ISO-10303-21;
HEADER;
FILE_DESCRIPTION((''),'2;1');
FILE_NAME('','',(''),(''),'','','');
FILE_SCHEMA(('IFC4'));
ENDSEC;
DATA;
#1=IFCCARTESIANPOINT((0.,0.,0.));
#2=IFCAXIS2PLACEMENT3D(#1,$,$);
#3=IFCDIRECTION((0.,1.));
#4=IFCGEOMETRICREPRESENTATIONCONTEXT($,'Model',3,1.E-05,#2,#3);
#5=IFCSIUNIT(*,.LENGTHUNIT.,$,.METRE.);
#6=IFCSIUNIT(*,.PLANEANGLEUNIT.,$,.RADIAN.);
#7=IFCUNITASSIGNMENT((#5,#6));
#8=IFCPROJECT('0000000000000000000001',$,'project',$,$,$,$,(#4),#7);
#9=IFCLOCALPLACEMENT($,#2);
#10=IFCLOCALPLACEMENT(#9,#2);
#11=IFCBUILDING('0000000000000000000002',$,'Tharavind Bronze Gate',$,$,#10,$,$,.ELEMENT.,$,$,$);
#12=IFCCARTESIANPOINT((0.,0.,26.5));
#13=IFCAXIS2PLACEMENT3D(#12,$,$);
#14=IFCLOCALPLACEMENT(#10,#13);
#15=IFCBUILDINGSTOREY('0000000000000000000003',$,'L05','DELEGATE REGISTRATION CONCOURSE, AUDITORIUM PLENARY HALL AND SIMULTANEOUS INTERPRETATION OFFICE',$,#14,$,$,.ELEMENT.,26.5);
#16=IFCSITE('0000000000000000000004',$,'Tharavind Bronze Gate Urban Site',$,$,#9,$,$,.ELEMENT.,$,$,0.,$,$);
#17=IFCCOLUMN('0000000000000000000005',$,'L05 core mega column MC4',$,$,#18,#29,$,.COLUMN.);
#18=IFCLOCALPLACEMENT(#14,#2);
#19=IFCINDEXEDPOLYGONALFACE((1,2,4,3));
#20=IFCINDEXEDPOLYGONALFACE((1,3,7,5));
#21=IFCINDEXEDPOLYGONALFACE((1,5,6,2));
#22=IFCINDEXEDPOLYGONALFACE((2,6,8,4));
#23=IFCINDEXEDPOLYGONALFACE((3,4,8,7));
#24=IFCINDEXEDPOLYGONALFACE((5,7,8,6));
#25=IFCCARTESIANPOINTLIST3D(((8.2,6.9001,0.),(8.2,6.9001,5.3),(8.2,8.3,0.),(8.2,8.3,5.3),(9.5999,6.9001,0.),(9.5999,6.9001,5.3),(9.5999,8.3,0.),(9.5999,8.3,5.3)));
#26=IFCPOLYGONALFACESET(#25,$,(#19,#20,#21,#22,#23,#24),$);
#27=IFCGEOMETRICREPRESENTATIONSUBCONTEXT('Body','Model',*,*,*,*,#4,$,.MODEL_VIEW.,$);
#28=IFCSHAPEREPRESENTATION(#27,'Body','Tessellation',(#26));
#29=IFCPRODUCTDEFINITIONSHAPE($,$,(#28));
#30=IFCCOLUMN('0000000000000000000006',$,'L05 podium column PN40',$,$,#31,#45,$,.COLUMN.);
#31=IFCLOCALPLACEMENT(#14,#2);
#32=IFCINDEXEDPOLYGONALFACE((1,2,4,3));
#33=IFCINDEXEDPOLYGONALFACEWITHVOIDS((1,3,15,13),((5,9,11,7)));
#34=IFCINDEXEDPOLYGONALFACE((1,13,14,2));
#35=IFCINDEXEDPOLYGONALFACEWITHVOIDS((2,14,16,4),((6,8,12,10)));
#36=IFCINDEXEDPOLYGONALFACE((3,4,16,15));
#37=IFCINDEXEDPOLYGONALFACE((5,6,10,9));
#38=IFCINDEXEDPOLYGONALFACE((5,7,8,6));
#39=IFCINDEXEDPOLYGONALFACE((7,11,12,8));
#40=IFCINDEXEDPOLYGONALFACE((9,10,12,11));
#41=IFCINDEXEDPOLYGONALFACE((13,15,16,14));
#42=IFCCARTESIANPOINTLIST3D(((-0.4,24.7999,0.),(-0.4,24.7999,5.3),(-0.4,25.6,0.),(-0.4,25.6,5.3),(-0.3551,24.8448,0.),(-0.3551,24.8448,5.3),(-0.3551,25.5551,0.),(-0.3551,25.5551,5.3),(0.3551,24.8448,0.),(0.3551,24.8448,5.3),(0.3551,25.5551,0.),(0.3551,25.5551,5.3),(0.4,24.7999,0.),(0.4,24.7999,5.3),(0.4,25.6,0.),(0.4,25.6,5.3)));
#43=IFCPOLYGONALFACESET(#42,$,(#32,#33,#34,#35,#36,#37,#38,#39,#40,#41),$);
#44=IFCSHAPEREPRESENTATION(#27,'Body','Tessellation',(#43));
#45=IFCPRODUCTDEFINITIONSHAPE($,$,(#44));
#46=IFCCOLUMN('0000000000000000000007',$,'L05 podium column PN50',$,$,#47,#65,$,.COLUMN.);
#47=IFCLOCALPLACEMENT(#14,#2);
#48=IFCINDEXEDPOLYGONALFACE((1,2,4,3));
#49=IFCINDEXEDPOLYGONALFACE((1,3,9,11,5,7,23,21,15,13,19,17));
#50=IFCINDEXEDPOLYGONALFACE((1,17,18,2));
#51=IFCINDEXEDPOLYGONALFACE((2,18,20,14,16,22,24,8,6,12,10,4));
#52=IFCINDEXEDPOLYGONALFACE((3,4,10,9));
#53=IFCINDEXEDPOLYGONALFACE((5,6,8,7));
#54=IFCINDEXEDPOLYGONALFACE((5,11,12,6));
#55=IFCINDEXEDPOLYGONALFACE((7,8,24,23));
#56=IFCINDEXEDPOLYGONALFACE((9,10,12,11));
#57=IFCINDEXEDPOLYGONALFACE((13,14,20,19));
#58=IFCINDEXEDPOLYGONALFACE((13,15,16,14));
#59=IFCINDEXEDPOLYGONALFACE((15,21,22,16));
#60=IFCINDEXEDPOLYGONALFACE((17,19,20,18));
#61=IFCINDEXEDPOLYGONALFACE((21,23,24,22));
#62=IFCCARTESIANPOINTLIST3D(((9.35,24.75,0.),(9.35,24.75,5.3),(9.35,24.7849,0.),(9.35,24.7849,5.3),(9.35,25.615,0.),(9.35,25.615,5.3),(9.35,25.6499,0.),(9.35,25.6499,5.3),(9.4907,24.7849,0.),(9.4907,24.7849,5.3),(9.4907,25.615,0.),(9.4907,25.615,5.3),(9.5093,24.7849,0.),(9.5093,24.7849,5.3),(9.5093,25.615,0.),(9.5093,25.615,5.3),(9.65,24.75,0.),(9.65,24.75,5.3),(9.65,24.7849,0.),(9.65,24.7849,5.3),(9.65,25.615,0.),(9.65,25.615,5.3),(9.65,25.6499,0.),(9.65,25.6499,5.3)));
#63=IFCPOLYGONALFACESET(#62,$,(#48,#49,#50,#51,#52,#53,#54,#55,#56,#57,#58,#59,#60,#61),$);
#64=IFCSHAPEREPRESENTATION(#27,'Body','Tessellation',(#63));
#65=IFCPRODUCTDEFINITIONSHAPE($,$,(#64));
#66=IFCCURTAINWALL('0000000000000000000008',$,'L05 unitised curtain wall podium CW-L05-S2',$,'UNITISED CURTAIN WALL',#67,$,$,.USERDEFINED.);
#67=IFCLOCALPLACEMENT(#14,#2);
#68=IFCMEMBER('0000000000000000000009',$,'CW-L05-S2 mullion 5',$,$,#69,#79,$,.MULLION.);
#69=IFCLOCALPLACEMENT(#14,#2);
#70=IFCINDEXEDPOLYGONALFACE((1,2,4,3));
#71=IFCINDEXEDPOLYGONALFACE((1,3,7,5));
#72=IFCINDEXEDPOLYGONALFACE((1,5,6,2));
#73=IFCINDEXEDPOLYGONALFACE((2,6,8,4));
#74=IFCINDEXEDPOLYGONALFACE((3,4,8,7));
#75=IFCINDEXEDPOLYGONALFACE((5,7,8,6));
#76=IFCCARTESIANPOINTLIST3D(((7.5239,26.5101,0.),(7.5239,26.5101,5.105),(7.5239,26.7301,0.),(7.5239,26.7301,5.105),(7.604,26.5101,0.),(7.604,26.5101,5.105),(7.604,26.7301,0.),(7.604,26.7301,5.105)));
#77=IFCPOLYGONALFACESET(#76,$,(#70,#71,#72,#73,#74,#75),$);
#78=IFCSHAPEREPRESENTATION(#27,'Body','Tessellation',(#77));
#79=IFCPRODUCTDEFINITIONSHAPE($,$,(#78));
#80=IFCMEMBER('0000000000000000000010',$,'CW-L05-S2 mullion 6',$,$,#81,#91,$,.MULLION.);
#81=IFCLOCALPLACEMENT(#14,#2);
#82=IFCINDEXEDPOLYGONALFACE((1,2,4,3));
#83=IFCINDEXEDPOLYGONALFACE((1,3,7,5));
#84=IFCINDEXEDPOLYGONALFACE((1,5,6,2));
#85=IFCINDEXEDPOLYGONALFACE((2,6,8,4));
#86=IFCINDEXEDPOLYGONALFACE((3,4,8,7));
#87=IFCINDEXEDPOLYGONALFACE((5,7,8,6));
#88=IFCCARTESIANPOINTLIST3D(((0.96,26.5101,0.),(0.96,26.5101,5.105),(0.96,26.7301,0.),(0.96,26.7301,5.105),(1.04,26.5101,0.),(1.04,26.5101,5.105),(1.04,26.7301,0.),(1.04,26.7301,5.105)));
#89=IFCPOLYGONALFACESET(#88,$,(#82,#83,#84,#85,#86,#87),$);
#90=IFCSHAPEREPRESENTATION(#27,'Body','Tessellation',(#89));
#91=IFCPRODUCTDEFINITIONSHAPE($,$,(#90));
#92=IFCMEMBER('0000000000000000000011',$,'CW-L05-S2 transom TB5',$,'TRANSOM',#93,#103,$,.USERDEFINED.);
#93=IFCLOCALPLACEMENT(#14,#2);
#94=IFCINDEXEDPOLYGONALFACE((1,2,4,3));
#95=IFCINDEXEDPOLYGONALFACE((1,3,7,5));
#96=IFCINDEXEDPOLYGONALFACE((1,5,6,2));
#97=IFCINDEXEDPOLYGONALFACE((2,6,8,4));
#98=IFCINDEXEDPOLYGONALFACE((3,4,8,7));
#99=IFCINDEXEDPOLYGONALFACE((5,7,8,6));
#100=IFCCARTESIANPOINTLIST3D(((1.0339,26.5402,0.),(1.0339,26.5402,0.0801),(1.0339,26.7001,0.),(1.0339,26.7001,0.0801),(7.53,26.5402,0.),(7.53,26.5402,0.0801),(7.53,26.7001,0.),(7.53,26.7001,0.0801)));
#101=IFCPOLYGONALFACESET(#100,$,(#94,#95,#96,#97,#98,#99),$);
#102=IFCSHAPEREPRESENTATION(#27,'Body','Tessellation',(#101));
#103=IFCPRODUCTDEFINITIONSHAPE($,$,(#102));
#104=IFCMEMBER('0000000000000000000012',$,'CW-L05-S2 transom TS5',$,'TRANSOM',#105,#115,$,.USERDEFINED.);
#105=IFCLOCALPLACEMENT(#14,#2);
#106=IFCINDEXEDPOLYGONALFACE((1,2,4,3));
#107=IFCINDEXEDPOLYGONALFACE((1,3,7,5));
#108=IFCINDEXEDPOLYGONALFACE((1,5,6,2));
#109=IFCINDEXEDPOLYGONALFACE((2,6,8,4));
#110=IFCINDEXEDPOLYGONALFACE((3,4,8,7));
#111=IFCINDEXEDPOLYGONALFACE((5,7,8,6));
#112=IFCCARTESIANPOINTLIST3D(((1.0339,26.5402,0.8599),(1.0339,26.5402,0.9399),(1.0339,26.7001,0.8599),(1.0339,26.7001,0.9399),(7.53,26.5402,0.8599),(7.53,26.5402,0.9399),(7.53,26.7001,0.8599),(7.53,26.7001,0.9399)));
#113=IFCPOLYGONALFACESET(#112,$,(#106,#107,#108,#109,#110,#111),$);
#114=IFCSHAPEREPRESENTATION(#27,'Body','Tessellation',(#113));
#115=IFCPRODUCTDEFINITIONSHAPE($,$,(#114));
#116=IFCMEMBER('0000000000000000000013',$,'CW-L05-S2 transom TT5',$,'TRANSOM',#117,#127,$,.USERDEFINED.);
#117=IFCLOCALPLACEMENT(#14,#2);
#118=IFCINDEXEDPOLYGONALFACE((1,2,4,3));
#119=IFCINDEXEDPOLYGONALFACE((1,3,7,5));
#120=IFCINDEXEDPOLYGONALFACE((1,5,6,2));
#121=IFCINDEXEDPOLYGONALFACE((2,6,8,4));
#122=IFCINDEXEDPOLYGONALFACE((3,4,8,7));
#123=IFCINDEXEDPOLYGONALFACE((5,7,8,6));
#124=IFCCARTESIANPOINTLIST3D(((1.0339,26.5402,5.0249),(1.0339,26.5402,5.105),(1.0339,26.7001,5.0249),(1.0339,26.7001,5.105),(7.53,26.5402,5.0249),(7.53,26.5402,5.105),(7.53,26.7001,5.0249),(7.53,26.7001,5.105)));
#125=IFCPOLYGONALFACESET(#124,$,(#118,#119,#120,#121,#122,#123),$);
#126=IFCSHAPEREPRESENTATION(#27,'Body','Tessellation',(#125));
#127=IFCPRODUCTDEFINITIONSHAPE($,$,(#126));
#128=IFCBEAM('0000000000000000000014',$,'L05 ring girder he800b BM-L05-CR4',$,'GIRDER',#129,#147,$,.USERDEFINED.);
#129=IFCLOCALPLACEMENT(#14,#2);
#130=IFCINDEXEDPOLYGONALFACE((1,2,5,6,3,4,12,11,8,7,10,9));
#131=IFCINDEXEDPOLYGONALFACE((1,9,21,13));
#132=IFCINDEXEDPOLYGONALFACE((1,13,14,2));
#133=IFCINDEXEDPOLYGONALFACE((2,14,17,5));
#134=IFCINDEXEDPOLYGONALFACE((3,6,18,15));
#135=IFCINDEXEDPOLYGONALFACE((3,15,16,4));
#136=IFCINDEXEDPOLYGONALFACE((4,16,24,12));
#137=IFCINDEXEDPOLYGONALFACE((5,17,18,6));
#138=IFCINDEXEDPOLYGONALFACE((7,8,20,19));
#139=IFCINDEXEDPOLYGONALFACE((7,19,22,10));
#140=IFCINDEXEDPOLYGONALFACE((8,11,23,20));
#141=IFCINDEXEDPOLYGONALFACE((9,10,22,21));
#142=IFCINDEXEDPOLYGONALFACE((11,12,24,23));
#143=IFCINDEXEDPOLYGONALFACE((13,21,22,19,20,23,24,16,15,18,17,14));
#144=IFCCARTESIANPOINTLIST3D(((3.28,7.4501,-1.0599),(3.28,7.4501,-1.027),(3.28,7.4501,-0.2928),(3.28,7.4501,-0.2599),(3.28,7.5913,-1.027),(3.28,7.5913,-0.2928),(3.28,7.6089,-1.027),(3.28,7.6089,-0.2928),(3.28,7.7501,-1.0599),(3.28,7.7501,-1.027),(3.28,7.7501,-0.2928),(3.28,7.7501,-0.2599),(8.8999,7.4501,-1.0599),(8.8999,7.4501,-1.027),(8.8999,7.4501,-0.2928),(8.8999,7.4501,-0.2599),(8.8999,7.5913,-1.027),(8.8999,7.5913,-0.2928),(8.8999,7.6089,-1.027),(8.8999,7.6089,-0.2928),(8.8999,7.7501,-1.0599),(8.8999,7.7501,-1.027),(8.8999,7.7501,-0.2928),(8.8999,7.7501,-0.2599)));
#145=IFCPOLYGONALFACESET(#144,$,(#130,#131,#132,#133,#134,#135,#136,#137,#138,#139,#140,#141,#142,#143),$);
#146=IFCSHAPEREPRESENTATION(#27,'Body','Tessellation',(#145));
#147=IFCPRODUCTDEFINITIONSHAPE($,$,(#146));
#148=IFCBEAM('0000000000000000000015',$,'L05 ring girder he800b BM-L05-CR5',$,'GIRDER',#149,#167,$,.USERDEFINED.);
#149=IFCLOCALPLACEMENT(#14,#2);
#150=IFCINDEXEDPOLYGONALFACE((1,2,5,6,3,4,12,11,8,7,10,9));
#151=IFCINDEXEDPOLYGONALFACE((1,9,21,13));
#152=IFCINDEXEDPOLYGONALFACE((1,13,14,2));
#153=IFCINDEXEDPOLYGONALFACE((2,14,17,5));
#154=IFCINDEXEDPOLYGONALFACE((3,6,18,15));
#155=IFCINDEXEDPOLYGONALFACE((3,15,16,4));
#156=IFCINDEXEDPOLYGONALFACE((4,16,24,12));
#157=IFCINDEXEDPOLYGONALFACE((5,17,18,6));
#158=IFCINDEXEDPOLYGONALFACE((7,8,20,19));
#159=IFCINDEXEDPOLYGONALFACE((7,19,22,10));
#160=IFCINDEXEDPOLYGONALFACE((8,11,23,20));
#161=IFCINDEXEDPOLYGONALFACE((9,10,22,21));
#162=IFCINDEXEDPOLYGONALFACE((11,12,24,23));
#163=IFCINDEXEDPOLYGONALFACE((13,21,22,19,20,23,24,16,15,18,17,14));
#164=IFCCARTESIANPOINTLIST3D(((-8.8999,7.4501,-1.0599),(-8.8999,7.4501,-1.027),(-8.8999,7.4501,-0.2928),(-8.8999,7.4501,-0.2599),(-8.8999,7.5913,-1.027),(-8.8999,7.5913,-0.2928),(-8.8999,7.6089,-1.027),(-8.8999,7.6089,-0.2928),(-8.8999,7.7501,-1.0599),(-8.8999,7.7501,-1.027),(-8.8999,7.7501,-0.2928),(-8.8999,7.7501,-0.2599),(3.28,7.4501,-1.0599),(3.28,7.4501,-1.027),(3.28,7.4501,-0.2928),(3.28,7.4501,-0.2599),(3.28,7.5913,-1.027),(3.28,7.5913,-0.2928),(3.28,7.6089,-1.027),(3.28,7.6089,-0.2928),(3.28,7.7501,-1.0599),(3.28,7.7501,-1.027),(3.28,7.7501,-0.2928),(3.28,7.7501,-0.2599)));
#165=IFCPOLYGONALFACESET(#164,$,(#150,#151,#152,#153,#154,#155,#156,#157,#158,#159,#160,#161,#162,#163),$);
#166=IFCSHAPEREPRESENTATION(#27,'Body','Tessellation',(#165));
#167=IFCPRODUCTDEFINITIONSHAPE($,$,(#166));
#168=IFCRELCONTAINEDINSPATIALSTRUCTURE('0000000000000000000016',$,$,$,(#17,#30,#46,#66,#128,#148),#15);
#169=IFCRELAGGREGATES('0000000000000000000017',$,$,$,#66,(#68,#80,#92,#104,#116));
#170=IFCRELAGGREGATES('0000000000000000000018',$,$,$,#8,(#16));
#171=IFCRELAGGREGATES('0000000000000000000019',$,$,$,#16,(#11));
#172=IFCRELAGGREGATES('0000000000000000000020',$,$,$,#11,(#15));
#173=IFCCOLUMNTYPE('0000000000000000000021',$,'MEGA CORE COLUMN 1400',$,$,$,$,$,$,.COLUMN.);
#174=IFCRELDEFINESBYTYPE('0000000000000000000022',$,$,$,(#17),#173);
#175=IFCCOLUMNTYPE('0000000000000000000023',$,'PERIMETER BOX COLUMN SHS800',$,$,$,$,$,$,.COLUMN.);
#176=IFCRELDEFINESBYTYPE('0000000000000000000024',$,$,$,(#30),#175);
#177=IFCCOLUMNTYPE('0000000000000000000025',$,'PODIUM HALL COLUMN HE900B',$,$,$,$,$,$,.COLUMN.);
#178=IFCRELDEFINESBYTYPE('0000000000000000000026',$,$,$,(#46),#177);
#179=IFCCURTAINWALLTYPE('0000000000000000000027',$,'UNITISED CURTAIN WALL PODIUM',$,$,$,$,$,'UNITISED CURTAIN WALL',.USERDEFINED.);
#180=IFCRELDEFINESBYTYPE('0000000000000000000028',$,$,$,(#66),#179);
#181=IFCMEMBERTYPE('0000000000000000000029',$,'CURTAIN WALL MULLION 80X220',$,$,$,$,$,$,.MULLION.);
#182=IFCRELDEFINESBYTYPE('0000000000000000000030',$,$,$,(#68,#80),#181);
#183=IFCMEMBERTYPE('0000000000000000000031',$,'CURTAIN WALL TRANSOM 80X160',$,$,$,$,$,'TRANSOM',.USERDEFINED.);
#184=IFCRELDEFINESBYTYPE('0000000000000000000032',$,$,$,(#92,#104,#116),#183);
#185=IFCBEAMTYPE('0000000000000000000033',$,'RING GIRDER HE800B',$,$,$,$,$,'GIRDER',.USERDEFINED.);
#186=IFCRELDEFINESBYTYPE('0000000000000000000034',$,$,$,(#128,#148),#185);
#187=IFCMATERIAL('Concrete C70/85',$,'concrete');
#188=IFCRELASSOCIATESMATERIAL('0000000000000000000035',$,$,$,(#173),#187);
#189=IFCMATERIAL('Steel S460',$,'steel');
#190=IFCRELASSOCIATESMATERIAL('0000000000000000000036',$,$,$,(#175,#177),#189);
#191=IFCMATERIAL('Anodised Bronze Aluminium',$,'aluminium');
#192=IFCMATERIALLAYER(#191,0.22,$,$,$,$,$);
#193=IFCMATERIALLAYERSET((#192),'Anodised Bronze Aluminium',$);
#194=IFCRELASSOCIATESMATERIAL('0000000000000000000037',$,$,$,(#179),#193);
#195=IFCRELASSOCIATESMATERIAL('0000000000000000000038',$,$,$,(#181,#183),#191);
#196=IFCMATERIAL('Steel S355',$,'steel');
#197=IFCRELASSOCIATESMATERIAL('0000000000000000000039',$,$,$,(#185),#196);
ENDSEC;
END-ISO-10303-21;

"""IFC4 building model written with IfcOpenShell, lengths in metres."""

from ifc_helpers import new_model, si_unit, direction, frame, origin, origin_2d, place, context, subcontext, project, spatial, rectangle, hollow_rectangle, i_section, extrude, material, layer, layer_set, material_profile, profile_set, type_object, element, aggregate, save


model = new_model("IFC4")

# Units and contexts
model_context = context("Model", 3, precision=1e-05, world=origin(), true_north=direction((0.0, 1.0)))
body_context = subcontext(model_context, "Body", "Model", "MODEL_VIEW")
ifc_project = project(units=[si_unit("LENGTHUNIT", "METRE"), si_unit("PLANEANGLEUNIT", "RADIAN")], contexts=[model_context])

# Site, building, storey
site_placement = place(None, origin())
site = spatial("IfcSite", under=ifc_project, at=site_placement, Name="Tharavind Bronze Gate Urban Site", CompositionType="ELEMENT", RefElevation=0.0)
building_placement = place(site_placement, origin())
building = spatial("IfcBuilding", under=site, at=building_placement, Name="Tharavind Bronze Gate", CompositionType="ELEMENT")
storey_placement = place(building_placement, frame((0.0, 0.0, 26.5)))
storey = spatial("IfcBuildingStorey", under=building, at=storey_placement, Name="L05", Description="DELEGATE REGISTRATION CONCOURSE, AUDITORIUM PLENARY HALL AND SIMULTANEOUS INTERPRETATION OFFICE", CompositionType="ELEMENT", Elevation=26.5)

# Columns
ifc_material_1 = material(Name="Concrete C70/85", Category="concrete")
ifc_material_profile_1 = material_profile(ifc_material_1, rectangle(XDim=1.3999, YDim=1.3999, at=origin_2d()), Name="RCCOL1400")
ifc_profile_set_1 = profile_set([ifc_material_profile_1], Name="Concrete C70/85")
column_type_1 = type_object("IfcColumnType", Name="MEGA CORE COLUMN 1400", PredefinedType="COLUMN", material=ifc_profile_set_1)
column_1_placement = place(storey_placement, frame((8.8999, 7.6001, 0.0), z_axis=(0.0, 0.0, 1.0), x_axis=(1.0, 0.0, 0.0)))
element("IfcColumn", 1, at=column_1_placement, inside=storey, type_object=column_type_1, Name="L05 core mega column MC4", PredefinedType="COLUMN", context=body_context, shape_type="SweptSolid", body=[
    extrude(rectangle(XDim=1.3999, YDim=1.3999, at=origin_2d()), origin(), (0.0, 0.0, 1.0), 5.3),
])
ifc_material_2 = material(Name="Steel S460", Category="steel")
ifc_material_profile_2 = material_profile(ifc_material_2, hollow_rectangle(XDim=0.8, YDim=0.8, WallThickness=0.0449, at=origin_2d()), Name="SHS800X45")
ifc_profile_set_2 = profile_set([ifc_material_profile_2], Name="Steel S460")
column_type_2 = type_object("IfcColumnType", Name="PERIMETER BOX COLUMN SHS800", PredefinedType="COLUMN", material=ifc_profile_set_2)
column_2_placement = place(storey_placement, frame((0.0, 25.2, 0.0), z_axis=(0.0, 0.0, 1.0), x_axis=(1.0, 0.0, 0.0)))
element("IfcColumn", 2, at=column_2_placement, inside=storey, type_object=column_type_2, Name="L05 podium column PN40", PredefinedType="COLUMN", context=body_context, shape_type="SweptSolid", body=[
    extrude(hollow_rectangle(XDim=0.8, YDim=0.8, WallThickness=0.0449, at=origin_2d()), origin(), (0.0, 0.0, 1.0), 5.3),
])
ifc_material_profile_3 = material_profile(ifc_material_2, i_section(OverallWidth=0.3, OverallDepth=0.8999, WebThickness=0.0186, FlangeThickness=0.0349, at=origin_2d()), Name="HE900B")
ifc_profile_set_3 = profile_set([ifc_material_profile_3], Name="Steel S460")
column_type_3 = type_object("IfcColumnType", Name="PODIUM HALL COLUMN HE900B", PredefinedType="COLUMN", material=ifc_profile_set_3)
column_3_placement = place(storey_placement, frame((9.5, 25.2, 0.0), z_axis=(0.0, 0.0, 1.0), x_axis=(1.0, 0.0, 0.0)))
element("IfcColumn", 3, at=column_3_placement, inside=storey, type_object=column_type_3, Name="L05 podium column PN50", PredefinedType="COLUMN", context=body_context, shape_type="SweptSolid", body=[
    extrude(i_section(OverallWidth=0.3, OverallDepth=0.8999, WebThickness=0.0186, FlangeThickness=0.0349, at=origin_2d()), origin(), (0.0, 0.0, 1.0), 5.3),
])

# Curtain wall, members
ifc_material_3 = material(Name="Anodised Bronze Aluminium", Category="aluminium")
ifc_layer_1 = layer(ifc_material_3, 0.22)
ifc_layer_set_1 = layer_set([ifc_layer_1], Name="Anodised Bronze Aluminium")
curtain_wall_type = type_object("IfcCurtainWallType", Name="UNITISED CURTAIN WALL PODIUM", ElementType="UNITISED CURTAIN WALL", PredefinedType="USERDEFINED", material=ifc_layer_set_1)
curtain_wall_placement = place(storey_placement, origin())
curtain_wall = element("IfcCurtainWall", 4, at=curtain_wall_placement, inside=storey, type_object=curtain_wall_type, Name="L05 unitised curtain wall podium CW-L05-S2", ObjectType="UNITISED CURTAIN WALL", PredefinedType="USERDEFINED")
member_type_1 = type_object("IfcMemberType", Name="CURTAIN WALL MULLION 80X220", PredefinedType="MULLION", material=ifc_material_3)
member_1_placement = place(storey_placement, frame((7.564, 26.6201, 0.0), z_axis=(0.0, 0.0, 1.0), x_axis=(-1.0, 0.0, 0.0)))
member_1 = element("IfcMember", 5, at=member_1_placement, type_object=member_type_1, Name="CW-L05-S2 mullion 5", PredefinedType="MULLION", context=body_context, shape_type="SweptSolid", body=[
    extrude(rectangle(XDim=0.0801, YDim=0.22, at=origin_2d()), origin(), (0.0, 0.0, 1.0), 5.105),
])
member_2_placement = place(storey_placement, frame((1.0, 26.6201, 0.0), z_axis=(0.0, 0.0, 1.0), x_axis=(-1.0, 0.0, 0.0)))
member_2 = element("IfcMember", 6, at=member_2_placement, type_object=member_type_1, Name="CW-L05-S2 mullion 6", PredefinedType="MULLION", context=body_context, shape_type="SweptSolid", body=[
    extrude(rectangle(XDim=0.0801, YDim=0.22, at=origin_2d()), origin(), (0.0, 0.0, 1.0), 5.105),
])
member_type_2 = type_object("IfcMemberType", Name="CURTAIN WALL TRANSOM 80X160", ElementType="TRANSOM", PredefinedType="USERDEFINED", material=ifc_material_3)
member_3_placement = place(storey_placement, frame((4.282, 26.6201, 0.0), z_axis=(0.0, 0.0, 1.0), x_axis=(-1.0, 0.0, 0.0)))
member_3 = element("IfcMember", 7, at=member_3_placement, type_object=member_type_2, Name="CW-L05-S2 transom TB5", ObjectType="TRANSOM", PredefinedType="USERDEFINED", context=body_context, shape_type="SweptSolid", body=[
    extrude(rectangle(XDim=6.4961, YDim=0.1599, at=origin_2d()), origin(), (0.0, 0.0, 1.0), 0.0801),
])
member_4_placement = place(storey_placement, frame((4.282, 26.6201, 0.8599), z_axis=(0.0, 0.0, 1.0), x_axis=(-1.0, 0.0, 0.0)))
member_4 = element("IfcMember", 8, at=member_4_placement, type_object=member_type_2, Name="CW-L05-S2 transom TS5", ObjectType="TRANSOM", PredefinedType="USERDEFINED", context=body_context, shape_type="SweptSolid", body=[
    extrude(rectangle(XDim=6.4961, YDim=0.1599, at=origin_2d()), origin(), (0.0, 0.0, 1.0), 0.0801),
])
member_5_placement = place(storey_placement, frame((4.282, 26.6201, 5.0249), z_axis=(0.0, 0.0, 1.0), x_axis=(-1.0, 0.0, 0.0)))
member_5 = element("IfcMember", 9, at=member_5_placement, type_object=member_type_2, Name="CW-L05-S2 transom TT5", ObjectType="TRANSOM", PredefinedType="USERDEFINED", context=body_context, shape_type="SweptSolid", body=[
    extrude(rectangle(XDim=6.4961, YDim=0.1599, at=origin_2d()), origin(), (0.0, 0.0, 1.0), 0.0801),
])

# Beams
ifc_material_4 = material(Name="Steel S355", Category="steel")
ifc_material_profile_4 = material_profile(ifc_material_4, i_section(OverallWidth=0.3, OverallDepth=0.8, WebThickness=0.0176, FlangeThickness=0.033, at=origin_2d()), Name="HE800B")
ifc_profile_set_4 = profile_set([ifc_material_profile_4], Name="Steel S355")
beam_type_1 = type_object("IfcBeamType", Name="RING GIRDER HE800B", ElementType="GIRDER", PredefinedType="USERDEFINED", material=ifc_profile_set_4)
beam_1_placement = place(storey_placement, frame((8.8999, 7.6001, -0.6599), z_axis=(-1.0, 0.0, 0.0), x_axis=(0.0, -1.0, 0.0)))
element("IfcBeam", 10, at=beam_1_placement, inside=storey, type_object=beam_type_1, Name="L05 ring girder he800b BM-L05-CR4", ObjectType="GIRDER", PredefinedType="USERDEFINED", context=body_context, shape_type="SweptSolid", body=[
    extrude(i_section(OverallWidth=0.3, OverallDepth=0.8, WebThickness=0.0176, FlangeThickness=0.033, at=origin_2d()), origin(), (0.0, 0.0, 1.0), 5.6199),
])
beam_2_placement = place(storey_placement, frame((3.28, 7.6001, -0.6599), z_axis=(-1.0, 0.0, 0.0), x_axis=(0.0, -1.0, 0.0)))
element("IfcBeam", 11, at=beam_2_placement, inside=storey, type_object=beam_type_1, Name="L05 ring girder he800b BM-L05-CR5", ObjectType="GIRDER", PredefinedType="USERDEFINED", context=body_context, shape_type="SweptSolid", body=[
    extrude(i_section(OverallWidth=0.3, OverallDepth=0.8, WebThickness=0.0176, FlangeThickness=0.033, at=origin_2d()), origin(), (0.0, 0.0, 1.0), 12.1799),
])

aggregate(curtain_wall, [member_1, member_2, member_3, member_4, member_5])

save(model, "model.ifc")
